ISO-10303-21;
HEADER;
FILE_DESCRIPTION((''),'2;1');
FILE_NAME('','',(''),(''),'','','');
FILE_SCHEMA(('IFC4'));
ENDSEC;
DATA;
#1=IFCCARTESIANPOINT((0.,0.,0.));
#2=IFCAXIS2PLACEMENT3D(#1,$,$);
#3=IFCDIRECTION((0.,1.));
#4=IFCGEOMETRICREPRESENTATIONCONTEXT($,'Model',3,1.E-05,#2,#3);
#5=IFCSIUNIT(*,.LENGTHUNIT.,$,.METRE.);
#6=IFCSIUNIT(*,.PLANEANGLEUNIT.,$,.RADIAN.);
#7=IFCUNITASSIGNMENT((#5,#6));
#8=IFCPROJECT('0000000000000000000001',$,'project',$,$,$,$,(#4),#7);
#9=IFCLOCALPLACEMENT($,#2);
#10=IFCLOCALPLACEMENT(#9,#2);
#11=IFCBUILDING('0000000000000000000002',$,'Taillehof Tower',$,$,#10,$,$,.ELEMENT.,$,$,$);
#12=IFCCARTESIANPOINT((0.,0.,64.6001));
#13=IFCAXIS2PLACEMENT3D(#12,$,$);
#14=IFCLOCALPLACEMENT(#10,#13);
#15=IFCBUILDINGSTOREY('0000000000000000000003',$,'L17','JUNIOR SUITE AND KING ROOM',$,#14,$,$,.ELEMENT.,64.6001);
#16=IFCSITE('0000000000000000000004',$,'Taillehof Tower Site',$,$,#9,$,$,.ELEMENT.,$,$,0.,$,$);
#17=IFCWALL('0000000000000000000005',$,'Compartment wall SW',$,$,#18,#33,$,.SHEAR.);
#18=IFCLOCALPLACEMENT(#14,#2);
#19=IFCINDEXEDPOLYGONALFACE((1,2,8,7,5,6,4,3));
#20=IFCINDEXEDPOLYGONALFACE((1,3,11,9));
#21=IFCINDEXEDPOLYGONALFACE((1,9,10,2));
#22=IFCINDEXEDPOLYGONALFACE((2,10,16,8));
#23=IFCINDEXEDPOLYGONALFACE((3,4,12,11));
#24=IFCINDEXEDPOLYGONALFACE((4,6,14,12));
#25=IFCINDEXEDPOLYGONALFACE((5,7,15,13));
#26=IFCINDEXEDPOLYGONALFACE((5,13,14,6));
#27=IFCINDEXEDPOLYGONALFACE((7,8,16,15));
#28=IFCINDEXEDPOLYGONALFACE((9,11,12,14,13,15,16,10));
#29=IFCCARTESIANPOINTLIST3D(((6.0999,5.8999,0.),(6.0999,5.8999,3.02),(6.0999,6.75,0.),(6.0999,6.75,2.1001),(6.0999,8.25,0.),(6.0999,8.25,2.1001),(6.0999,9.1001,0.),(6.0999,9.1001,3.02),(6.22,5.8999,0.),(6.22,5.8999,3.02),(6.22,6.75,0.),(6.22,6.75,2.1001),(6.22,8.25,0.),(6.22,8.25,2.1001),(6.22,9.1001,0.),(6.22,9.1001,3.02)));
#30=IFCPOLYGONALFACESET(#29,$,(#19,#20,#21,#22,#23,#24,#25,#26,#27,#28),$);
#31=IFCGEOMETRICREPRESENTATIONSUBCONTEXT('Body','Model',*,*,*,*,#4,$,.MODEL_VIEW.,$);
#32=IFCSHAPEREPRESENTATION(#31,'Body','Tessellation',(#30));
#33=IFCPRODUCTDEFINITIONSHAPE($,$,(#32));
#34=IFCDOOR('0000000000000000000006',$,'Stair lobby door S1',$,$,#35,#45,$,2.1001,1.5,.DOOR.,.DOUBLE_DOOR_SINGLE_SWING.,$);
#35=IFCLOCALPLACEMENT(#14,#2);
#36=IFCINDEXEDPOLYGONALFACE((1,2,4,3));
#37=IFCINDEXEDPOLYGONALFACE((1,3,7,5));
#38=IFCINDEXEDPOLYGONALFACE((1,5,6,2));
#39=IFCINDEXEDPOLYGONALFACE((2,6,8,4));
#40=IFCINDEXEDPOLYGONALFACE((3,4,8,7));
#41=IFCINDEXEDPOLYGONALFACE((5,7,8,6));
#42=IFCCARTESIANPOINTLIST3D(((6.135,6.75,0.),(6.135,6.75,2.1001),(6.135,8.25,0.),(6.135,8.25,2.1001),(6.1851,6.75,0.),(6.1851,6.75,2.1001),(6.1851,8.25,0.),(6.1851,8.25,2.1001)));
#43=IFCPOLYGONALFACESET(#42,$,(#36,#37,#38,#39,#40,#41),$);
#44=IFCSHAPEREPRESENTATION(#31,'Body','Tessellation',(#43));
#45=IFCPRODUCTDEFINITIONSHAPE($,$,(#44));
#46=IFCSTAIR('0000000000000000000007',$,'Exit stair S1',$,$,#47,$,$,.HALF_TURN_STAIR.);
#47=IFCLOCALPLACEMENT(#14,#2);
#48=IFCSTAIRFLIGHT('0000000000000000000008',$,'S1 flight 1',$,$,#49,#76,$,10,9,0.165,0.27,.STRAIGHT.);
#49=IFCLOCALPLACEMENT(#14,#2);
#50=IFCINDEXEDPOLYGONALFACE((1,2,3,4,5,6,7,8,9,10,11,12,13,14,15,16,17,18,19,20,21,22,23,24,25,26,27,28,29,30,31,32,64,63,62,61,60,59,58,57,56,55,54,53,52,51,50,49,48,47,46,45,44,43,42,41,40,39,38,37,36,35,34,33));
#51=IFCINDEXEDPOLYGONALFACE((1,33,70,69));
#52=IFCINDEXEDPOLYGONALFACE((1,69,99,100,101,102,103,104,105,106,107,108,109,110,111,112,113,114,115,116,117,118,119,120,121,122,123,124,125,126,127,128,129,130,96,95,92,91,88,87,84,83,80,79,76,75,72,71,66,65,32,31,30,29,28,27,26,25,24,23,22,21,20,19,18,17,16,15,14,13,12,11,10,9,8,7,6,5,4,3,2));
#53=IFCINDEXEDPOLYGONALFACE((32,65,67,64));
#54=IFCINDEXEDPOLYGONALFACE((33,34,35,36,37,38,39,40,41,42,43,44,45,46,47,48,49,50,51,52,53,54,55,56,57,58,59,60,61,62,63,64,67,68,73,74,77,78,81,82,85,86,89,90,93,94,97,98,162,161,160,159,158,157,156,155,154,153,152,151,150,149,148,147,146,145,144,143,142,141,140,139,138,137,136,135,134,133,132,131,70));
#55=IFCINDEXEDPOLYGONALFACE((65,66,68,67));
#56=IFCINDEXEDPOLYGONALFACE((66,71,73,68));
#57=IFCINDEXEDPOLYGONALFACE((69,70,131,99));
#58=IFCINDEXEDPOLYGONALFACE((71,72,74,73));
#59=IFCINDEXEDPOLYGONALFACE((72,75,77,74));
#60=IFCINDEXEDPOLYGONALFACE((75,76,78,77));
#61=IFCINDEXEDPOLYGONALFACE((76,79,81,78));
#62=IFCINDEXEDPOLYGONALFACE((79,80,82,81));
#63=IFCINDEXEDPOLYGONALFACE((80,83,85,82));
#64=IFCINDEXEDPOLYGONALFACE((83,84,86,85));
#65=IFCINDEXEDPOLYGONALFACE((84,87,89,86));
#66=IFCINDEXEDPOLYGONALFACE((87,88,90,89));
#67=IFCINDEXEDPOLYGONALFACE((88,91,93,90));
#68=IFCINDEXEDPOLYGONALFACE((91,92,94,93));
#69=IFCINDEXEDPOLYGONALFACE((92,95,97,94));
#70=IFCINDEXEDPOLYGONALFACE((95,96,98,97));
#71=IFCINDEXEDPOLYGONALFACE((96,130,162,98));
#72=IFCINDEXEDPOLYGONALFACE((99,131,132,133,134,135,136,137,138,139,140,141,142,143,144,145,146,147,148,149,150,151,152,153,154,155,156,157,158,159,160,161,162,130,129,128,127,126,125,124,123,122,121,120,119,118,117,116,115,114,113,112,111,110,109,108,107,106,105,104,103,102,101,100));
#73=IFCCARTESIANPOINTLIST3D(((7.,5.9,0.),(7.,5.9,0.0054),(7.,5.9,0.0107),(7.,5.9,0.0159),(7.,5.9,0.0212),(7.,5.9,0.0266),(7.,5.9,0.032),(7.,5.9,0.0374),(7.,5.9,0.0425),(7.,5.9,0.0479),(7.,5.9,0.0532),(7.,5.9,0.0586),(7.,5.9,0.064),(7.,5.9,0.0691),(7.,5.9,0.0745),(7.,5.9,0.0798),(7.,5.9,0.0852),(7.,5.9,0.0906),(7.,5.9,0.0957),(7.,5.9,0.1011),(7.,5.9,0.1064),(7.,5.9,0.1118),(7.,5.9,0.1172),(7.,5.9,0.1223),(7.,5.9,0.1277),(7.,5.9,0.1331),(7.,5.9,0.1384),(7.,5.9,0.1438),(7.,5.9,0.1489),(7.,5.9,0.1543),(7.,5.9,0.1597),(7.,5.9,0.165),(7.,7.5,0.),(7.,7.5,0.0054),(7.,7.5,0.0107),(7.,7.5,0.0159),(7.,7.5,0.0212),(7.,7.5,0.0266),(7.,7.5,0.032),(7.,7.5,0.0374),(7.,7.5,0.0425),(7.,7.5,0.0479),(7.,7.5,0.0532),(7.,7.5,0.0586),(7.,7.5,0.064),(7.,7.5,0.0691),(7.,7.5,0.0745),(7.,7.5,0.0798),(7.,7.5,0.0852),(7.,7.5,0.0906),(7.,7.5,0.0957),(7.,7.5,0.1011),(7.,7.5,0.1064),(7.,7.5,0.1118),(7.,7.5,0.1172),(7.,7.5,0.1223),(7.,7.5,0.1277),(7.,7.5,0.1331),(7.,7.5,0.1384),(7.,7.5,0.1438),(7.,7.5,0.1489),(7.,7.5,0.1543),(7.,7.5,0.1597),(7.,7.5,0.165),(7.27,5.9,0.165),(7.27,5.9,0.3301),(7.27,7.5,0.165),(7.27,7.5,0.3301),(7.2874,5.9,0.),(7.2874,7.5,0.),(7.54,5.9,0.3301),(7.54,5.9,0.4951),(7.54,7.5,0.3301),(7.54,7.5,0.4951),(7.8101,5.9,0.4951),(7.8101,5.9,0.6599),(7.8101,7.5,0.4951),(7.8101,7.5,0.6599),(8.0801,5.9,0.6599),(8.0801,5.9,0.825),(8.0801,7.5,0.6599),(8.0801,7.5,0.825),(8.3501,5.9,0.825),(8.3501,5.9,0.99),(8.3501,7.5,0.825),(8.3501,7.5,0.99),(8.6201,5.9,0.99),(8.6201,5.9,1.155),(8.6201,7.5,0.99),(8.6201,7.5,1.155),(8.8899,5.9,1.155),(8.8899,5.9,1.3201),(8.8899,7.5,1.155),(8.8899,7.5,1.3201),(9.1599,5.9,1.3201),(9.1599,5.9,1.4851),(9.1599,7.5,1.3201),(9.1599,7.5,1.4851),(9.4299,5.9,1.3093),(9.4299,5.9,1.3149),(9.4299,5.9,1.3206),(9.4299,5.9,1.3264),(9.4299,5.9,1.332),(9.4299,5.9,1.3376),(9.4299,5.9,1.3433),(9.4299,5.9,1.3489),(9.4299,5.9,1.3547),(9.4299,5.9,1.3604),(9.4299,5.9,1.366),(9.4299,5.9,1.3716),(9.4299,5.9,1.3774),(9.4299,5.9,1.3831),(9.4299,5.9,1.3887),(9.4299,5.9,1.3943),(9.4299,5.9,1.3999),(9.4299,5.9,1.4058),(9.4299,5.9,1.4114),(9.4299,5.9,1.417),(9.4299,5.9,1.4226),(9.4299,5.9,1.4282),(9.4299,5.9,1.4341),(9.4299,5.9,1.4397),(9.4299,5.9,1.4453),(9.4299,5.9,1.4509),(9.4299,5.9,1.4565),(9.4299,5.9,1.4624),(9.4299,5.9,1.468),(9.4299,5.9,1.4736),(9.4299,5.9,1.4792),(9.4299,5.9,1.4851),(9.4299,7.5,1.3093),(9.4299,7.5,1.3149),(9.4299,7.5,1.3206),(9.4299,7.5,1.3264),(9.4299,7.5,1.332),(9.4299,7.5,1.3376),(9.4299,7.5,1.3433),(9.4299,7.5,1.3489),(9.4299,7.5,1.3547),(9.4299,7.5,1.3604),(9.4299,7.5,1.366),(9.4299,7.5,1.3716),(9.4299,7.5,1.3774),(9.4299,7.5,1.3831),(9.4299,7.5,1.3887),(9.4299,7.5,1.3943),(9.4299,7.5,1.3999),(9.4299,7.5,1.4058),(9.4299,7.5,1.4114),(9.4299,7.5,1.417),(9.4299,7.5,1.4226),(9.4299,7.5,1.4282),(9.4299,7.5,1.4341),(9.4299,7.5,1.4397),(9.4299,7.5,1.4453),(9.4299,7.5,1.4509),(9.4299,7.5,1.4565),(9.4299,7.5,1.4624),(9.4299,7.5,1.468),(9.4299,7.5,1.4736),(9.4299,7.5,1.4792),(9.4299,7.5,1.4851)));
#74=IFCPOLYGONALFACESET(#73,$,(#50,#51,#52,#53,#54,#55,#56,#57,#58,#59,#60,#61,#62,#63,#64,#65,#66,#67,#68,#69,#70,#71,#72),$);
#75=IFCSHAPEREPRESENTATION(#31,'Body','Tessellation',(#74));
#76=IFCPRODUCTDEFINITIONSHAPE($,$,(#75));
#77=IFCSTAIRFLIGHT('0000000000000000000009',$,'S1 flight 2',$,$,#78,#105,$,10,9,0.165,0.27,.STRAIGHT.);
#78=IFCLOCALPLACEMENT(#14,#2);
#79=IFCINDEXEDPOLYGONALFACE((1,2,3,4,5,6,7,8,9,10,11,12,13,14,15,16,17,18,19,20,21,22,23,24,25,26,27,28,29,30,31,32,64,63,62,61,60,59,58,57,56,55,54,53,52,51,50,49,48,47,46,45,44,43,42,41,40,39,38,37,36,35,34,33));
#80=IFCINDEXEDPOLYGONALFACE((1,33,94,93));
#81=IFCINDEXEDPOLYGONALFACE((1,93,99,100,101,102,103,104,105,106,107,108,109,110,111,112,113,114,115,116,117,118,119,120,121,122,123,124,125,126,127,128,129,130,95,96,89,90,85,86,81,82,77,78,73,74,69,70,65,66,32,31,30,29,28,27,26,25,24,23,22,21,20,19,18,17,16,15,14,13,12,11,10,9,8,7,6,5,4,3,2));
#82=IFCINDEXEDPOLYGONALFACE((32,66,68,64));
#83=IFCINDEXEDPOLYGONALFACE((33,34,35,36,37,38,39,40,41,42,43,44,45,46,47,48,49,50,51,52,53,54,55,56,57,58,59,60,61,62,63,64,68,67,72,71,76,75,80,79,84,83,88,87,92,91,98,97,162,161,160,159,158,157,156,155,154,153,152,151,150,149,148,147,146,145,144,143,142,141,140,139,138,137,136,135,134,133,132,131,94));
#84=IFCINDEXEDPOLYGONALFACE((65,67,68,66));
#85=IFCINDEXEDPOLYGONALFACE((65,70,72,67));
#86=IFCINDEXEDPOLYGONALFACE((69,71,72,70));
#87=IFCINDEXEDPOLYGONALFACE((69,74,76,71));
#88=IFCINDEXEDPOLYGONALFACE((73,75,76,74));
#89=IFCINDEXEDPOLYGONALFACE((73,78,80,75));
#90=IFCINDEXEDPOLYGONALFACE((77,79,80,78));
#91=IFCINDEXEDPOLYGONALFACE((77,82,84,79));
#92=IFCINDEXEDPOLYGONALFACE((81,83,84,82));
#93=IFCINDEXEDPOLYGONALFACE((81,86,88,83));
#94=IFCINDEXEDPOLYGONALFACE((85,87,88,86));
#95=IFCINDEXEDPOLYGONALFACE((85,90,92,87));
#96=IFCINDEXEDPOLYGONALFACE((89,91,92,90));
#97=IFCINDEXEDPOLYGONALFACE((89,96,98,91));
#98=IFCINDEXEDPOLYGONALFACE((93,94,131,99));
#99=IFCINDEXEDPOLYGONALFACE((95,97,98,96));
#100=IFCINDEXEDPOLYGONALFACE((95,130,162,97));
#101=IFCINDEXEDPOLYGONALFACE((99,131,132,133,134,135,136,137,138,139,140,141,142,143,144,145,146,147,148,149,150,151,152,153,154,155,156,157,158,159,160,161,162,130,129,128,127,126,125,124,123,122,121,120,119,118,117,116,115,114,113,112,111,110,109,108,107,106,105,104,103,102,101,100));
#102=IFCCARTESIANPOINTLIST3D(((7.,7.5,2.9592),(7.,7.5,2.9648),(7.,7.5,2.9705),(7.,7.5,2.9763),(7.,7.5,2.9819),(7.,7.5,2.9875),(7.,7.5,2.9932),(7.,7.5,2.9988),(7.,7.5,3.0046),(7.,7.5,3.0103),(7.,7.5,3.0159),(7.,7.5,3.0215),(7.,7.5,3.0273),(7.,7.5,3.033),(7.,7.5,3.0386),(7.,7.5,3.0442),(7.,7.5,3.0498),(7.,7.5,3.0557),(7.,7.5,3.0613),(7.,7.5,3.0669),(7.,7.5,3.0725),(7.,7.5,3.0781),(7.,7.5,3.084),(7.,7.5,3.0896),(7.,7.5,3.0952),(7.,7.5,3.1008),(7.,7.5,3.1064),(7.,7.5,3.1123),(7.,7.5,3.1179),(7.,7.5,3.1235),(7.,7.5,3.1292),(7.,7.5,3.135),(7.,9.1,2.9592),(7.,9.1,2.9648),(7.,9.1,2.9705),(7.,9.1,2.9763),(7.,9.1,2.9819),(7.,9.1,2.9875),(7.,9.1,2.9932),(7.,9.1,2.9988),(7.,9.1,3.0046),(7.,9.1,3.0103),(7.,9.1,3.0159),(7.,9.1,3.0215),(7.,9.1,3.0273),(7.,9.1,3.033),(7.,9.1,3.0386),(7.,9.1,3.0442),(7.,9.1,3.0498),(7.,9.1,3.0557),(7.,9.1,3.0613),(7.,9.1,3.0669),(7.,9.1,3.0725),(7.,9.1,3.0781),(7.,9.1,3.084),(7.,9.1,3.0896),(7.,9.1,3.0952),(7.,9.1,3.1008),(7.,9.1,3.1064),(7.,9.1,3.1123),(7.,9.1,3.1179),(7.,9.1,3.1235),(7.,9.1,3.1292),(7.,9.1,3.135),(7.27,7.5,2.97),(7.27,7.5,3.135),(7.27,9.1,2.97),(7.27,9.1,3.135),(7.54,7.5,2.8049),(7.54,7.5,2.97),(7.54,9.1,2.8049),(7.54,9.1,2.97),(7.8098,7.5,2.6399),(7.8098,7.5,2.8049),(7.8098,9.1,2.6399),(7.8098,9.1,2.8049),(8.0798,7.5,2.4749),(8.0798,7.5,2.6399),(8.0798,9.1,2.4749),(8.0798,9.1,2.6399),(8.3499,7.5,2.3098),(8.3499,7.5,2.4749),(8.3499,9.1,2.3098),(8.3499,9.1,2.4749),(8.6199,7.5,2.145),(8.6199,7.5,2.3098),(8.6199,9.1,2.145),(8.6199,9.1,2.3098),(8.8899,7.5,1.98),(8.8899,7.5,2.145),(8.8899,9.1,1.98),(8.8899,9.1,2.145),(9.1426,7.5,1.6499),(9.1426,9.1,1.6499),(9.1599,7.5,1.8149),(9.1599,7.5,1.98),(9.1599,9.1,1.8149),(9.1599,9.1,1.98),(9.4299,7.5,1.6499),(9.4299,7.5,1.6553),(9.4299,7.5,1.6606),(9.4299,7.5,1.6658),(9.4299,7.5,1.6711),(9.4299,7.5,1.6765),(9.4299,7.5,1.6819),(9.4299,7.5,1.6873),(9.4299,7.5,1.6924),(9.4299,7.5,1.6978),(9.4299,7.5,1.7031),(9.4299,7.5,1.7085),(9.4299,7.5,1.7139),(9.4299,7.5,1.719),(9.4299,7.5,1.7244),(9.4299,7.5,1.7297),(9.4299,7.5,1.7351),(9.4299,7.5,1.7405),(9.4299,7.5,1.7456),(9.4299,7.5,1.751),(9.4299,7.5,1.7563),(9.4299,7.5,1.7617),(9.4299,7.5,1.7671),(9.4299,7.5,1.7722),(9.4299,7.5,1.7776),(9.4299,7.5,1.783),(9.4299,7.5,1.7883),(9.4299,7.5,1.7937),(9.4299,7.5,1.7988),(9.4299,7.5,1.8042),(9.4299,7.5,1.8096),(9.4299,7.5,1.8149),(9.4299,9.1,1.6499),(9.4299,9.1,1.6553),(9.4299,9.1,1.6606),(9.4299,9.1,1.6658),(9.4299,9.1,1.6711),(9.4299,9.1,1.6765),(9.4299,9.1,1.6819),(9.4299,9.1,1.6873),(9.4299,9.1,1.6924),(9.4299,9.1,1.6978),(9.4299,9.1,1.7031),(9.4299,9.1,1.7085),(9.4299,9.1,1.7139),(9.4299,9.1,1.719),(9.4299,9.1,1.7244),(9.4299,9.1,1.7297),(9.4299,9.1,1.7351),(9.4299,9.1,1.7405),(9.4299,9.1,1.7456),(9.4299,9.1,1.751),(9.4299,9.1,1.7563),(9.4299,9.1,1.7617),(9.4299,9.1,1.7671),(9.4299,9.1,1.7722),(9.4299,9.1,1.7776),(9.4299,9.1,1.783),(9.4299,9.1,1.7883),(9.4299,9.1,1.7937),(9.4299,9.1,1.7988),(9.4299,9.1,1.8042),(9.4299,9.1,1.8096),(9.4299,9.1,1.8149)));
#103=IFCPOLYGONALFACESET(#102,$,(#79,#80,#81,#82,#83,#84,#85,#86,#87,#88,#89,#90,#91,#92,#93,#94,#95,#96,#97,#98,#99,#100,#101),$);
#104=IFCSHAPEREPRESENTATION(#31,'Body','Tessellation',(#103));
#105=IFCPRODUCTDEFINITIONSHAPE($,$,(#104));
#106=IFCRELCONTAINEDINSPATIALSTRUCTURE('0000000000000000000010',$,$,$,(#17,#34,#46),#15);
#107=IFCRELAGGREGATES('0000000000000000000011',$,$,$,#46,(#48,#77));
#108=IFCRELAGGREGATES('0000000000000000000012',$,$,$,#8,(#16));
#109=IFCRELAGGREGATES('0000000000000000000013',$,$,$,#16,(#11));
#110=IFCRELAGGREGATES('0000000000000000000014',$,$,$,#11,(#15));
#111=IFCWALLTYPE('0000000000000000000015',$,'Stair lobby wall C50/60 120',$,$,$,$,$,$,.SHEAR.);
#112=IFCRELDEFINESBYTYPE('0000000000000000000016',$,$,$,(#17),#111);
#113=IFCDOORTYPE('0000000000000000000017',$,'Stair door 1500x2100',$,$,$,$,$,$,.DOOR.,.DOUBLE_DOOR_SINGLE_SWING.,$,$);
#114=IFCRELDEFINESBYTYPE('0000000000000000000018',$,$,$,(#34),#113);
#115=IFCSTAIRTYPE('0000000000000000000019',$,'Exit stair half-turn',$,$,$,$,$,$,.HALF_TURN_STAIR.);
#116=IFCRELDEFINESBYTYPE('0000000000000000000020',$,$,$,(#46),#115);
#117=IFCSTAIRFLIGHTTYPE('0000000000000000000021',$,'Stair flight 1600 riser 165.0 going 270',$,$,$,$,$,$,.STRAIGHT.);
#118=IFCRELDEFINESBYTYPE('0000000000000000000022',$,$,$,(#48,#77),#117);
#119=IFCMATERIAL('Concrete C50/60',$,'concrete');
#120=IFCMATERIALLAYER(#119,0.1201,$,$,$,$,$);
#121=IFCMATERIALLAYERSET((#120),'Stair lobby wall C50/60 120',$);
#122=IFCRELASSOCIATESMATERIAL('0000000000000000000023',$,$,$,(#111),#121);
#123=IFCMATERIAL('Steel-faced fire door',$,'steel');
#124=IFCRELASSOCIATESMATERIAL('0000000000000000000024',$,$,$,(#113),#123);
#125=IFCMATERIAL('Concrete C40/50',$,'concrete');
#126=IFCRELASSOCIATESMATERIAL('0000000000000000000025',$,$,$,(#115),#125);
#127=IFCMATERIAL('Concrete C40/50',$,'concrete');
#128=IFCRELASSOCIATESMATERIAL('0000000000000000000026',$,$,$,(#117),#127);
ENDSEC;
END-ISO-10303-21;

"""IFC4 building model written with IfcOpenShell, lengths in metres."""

from ifc_helpers import new_model, si_unit, direction, frame, frame_2d, origin, place, context, subcontext, project, spatial, polyline, rectangle, outline, extrude, material, layer, layer_set, type_object, element, fill, aggregate, save


model = new_model("IFC4")

# Units and contexts
model_context = context("Model", 3, precision=1e-05, world=origin(), true_north=direction((0.0, 1.0)))
body_context = subcontext(model_context, "Body", "Model", "MODEL_VIEW")
ifc_project = project(units=[si_unit("LENGTHUNIT", "METRE"), si_unit("PLANEANGLEUNIT", "RADIAN")], contexts=[model_context])

# Site, building, storey
site_placement = place(None, origin())
site = spatial("IfcSite", under=ifc_project, at=site_placement, Name="Taillehof Tower Site", CompositionType="ELEMENT", RefElevation=0.0)
building_placement = place(site_placement, origin())
building = spatial("IfcBuilding", under=site, at=building_placement, Name="Taillehof Tower", CompositionType="ELEMENT")
storey_placement = place(building_placement, frame((0.0, 0.0, 64.6001)))
storey = spatial("IfcBuildingStorey", under=building, at=storey_placement, Name="L17", Description="JUNIOR SUITE AND KING ROOM", CompositionType="ELEMENT", Elevation=64.6001)

# Wall, opening, door
ifc_material_1 = material(Name="Concrete C50/60", Category="concrete")
ifc_layer_1 = layer(ifc_material_1, 0.1201)
ifc_layer_set_1 = layer_set([ifc_layer_1], Name="Stair lobby wall C50/60 120")
wall_type_1 = type_object("IfcWallType", Name="Stair lobby wall C50/60 120", PredefinedType="SHEAR", material=ifc_layer_set_1)
wall_1_placement = place(storey_placement, frame((6.1599, 5.8999, 0.0), z_axis=(0.0, 0.0, 1.0), x_axis=(0.0, 1.0, 0.0)))
wall_1 = element("IfcWall", 1, at=wall_1_placement, inside=storey, type_object=wall_type_1, Name="Compartment wall SW", PredefinedType="SHEAR", context=body_context, shape_type="SweptSolid", body=[
    extrude(rectangle(XDim=3.2002, YDim=0.1201, at=frame_2d((1.6001, 0.0))), origin(), (0.0, 0.0, 1.0), 3.02),
])
opening_1_placement = place(wall_1_placement, frame((0.8501, 0.0, 0.0)))
opening_1 = element("IfcOpeningElement", 2, at=opening_1_placement, cuts=wall_1, PredefinedType="OPENING", context=body_context, shape_type="SweptSolid", body=[
    extrude(rectangle(XDim=1.5, YDim=2.1001, at=frame_2d((0.75, 1.05))), frame((0.0, 0.0701, 0.0), z_axis=(0.0, -1.0, 0.0), x_axis=(1.0, 0.0, 0.0)), (0.0, 0.0, 1.0), 0.1401),
])
ifc_material_2 = material(Name="Steel-faced fire door", Category="steel")
door_type_1 = type_object("IfcDoorType", Name="Stair door 1500x2100", OperationType="DOUBLE_DOOR_SINGLE_SWING", PredefinedType="DOOR", material=ifc_material_2)
door_1_placement = place(opening_1_placement, origin())
door_1 = element("IfcDoor", 3, at=door_1_placement, inside=storey, type_object=door_type_1, Name="Stair lobby door S1", OperationType="DOUBLE_DOOR_SINGLE_SWING", OverallHeight=2.1001, OverallWidth=1.5, PredefinedType="DOOR", context=body_context, shape_type="SweptSolid", body=[
    extrude(rectangle(XDim=1.5, YDim=2.1001, at=frame_2d((0.75, 1.05))), frame((0.0, 0.0249, 0.0), z_axis=(0.0, -1.0, 0.0), x_axis=(1.0, 0.0, 0.0)), (0.0, 0.0, 1.0), 0.05),
])
fill(opening_1, door_1)

# Stair, stair flights
ifc_material_3 = material(Name="Concrete C40/50", Category="concrete")
stair_type = type_object("IfcStairType", Name="Exit stair half-turn", PredefinedType="HALF_TURN_STAIR", material=ifc_material_3)
stair_placement = place(storey_placement, origin())
stair = element("IfcStair", 4, at=stair_placement, inside=storey, type_object=stair_type, Name="Exit stair S1", PredefinedType="HALF_TURN_STAIR")
ifc_material_4 = material(Name="Concrete C40/50", Category="concrete")
stair_flight_type = type_object("IfcStairFlightType", Name="Stair flight 1600 riser 165.0 going 270", PredefinedType="STRAIGHT", material=ifc_material_4)
stair_flight_1_placement = place(storey_placement, frame((7.0, 6.7, 0.0), z_axis=(0.0, 0.0, 1.0), x_axis=(1.0, 0.0, 0.0)))
stair_flight_1 = element("IfcStairFlight", 5, at=stair_flight_1_placement, type_object=stair_flight_type, Name="S1 flight 1", NumberOfRisers=10, NumberOfTreads=9, PredefinedType="STRAIGHT", RiserHeight=0.165, TreadLength=0.27, context=body_context, shape_type="SweptSolid", body=[
    extrude(outline(polyline([(0.0, 0.0), (0.0, 0.0054), (0.0, 0.0107), (0.0, 0.0159), (0.0, 0.0212), (0.0, 0.0266), (0.0, 0.032), (0.0, 0.0374), (0.0, 0.0425), (0.0, 0.0479), (0.0, 0.0532), (0.0, 0.0586), (0.0, 0.064), (0.0, 0.0691), (0.0, 0.0745), (0.0, 0.0798), (0.0, 0.0852), (0.0, 0.0906), (0.0, 0.0957), (0.0, 0.1011), (0.0, 0.1064), (0.0, 0.1118), (0.0, 0.1172), (0.0, 0.1223), (0.0, 0.1277), (0.0, 0.1331), (0.0, 0.1384), (0.0, 0.1438), (0.0, 0.1489), (0.0, 0.1543), (0.0, 0.1597), (0.0, 0.165), (0.27, 0.165), (0.27, 0.3301), (0.54, 0.3301), (0.54, 0.4951), (0.8101, 0.4951), (0.8101, 0.6599), (1.0801, 0.6599), (1.0801, 0.825), (1.3501, 0.825), (1.3501, 0.99), (1.6201, 0.99), (1.6201, 1.155), (1.8899, 1.155), (1.8899, 1.3201), (2.1599, 1.3201), (2.1599, 1.4851), (2.4299, 1.4851), (2.4299, 1.4792), (2.4299, 1.4736), (2.4299, 1.468), (2.4299, 1.4624), (2.4299, 1.4565), (2.4299, 1.4509), (2.4299, 1.4453), (2.4299, 1.4397), (2.4299, 1.4341), (2.4299, 1.4282), (2.4299, 1.4226), (2.4299, 1.417), (2.4299, 1.4114), (2.4299, 1.4058), (2.4299, 1.3999), (2.4299, 1.3943), (2.4299, 1.3887), (2.4299, 1.3831), (2.4299, 1.3774), (2.4299, 1.3716), (2.4299, 1.366), (2.4299, 1.3604), (2.4299, 1.3547), (2.4299, 1.3489), (2.4299, 1.3433), (2.4299, 1.3376), (2.4299, 1.332), (2.4299, 1.3264), (2.4299, 1.3206), (2.4299, 1.3149), (2.4299, 1.3093), (0.2874, 0.0), (0.0, 0.0)])), frame((0.0, 0.8, 0.0), z_axis=(0.0, -1.0, 0.0), x_axis=(1.0, 0.0, 0.0)), (0.0, 0.0, 1.0), 1.6),
])
stair_flight_2_placement = place(storey_placement, frame((9.4299, 8.3, 1.6499), z_axis=(0.0, 0.0, 1.0), x_axis=(-1.0, 0.0, 0.0)))
stair_flight_2 = element("IfcStairFlight", 6, at=stair_flight_2_placement, type_object=stair_flight_type, Name="S1 flight 2", NumberOfRisers=10, NumberOfTreads=9, PredefinedType="STRAIGHT", RiserHeight=0.165, TreadLength=0.27, context=body_context, shape_type="SweptSolid", body=[
    extrude(outline(polyline([(0.0, 0.0), (0.0, 0.0054), (0.0, 0.0107), (0.0, 0.0159), (0.0, 0.0212), (0.0, 0.0266), (0.0, 0.032), (0.0, 0.0374), (0.0, 0.0425), (0.0, 0.0479), (0.0, 0.0532), (0.0, 0.0586), (0.0, 0.064), (0.0, 0.0691), (0.0, 0.0745), (0.0, 0.0798), (0.0, 0.0852), (0.0, 0.0906), (0.0, 0.0957), (0.0, 0.1011), (0.0, 0.1064), (0.0, 0.1118), (0.0, 0.1172), (0.0, 0.1223), (0.0, 0.1277), (0.0, 0.1331), (0.0, 0.1384), (0.0, 0.1438), (0.0, 0.1489), (0.0, 0.1543), (0.0, 0.1597), (0.0, 0.165), (0.27, 0.165), (0.27, 0.3301), (0.54, 0.3301), (0.54, 0.4951), (0.8101, 0.4951), (0.8101, 0.6599), (1.0801, 0.6599), (1.0801, 0.825), (1.3501, 0.825), (1.3501, 0.99), (1.6201, 0.99), (1.6201, 1.155), (1.8899, 1.155), (1.8899, 1.3201), (2.1599, 1.3201), (2.1599, 1.4851), (2.4299, 1.4851), (2.4299, 1.4792), (2.4299, 1.4736), (2.4299, 1.468), (2.4299, 1.4624), (2.4299, 1.4565), (2.4299, 1.4509), (2.4299, 1.4453), (2.4299, 1.4397), (2.4299, 1.4341), (2.4299, 1.4282), (2.4299, 1.4226), (2.4299, 1.417), (2.4299, 1.4114), (2.4299, 1.4058), (2.4299, 1.3999), (2.4299, 1.3943), (2.4299, 1.3887), (2.4299, 1.3831), (2.4299, 1.3774), (2.4299, 1.3716), (2.4299, 1.366), (2.4299, 1.3604), (2.4299, 1.3547), (2.4299, 1.3489), (2.4299, 1.3433), (2.4299, 1.3376), (2.4299, 1.332), (2.4299, 1.3264), (2.4299, 1.3206), (2.4299, 1.3149), (2.4299, 1.3093), (0.2874, 0.0), (0.0, 0.0)])), frame((0.0, 0.8, 0.0), z_axis=(0.0, -1.0, 0.0), x_axis=(1.0, 0.0, 0.0)), (0.0, 0.0, 1.0), 1.6),
])
aggregate(stair, [stair_flight_1, stair_flight_2])

save(model, "model.ifc")
